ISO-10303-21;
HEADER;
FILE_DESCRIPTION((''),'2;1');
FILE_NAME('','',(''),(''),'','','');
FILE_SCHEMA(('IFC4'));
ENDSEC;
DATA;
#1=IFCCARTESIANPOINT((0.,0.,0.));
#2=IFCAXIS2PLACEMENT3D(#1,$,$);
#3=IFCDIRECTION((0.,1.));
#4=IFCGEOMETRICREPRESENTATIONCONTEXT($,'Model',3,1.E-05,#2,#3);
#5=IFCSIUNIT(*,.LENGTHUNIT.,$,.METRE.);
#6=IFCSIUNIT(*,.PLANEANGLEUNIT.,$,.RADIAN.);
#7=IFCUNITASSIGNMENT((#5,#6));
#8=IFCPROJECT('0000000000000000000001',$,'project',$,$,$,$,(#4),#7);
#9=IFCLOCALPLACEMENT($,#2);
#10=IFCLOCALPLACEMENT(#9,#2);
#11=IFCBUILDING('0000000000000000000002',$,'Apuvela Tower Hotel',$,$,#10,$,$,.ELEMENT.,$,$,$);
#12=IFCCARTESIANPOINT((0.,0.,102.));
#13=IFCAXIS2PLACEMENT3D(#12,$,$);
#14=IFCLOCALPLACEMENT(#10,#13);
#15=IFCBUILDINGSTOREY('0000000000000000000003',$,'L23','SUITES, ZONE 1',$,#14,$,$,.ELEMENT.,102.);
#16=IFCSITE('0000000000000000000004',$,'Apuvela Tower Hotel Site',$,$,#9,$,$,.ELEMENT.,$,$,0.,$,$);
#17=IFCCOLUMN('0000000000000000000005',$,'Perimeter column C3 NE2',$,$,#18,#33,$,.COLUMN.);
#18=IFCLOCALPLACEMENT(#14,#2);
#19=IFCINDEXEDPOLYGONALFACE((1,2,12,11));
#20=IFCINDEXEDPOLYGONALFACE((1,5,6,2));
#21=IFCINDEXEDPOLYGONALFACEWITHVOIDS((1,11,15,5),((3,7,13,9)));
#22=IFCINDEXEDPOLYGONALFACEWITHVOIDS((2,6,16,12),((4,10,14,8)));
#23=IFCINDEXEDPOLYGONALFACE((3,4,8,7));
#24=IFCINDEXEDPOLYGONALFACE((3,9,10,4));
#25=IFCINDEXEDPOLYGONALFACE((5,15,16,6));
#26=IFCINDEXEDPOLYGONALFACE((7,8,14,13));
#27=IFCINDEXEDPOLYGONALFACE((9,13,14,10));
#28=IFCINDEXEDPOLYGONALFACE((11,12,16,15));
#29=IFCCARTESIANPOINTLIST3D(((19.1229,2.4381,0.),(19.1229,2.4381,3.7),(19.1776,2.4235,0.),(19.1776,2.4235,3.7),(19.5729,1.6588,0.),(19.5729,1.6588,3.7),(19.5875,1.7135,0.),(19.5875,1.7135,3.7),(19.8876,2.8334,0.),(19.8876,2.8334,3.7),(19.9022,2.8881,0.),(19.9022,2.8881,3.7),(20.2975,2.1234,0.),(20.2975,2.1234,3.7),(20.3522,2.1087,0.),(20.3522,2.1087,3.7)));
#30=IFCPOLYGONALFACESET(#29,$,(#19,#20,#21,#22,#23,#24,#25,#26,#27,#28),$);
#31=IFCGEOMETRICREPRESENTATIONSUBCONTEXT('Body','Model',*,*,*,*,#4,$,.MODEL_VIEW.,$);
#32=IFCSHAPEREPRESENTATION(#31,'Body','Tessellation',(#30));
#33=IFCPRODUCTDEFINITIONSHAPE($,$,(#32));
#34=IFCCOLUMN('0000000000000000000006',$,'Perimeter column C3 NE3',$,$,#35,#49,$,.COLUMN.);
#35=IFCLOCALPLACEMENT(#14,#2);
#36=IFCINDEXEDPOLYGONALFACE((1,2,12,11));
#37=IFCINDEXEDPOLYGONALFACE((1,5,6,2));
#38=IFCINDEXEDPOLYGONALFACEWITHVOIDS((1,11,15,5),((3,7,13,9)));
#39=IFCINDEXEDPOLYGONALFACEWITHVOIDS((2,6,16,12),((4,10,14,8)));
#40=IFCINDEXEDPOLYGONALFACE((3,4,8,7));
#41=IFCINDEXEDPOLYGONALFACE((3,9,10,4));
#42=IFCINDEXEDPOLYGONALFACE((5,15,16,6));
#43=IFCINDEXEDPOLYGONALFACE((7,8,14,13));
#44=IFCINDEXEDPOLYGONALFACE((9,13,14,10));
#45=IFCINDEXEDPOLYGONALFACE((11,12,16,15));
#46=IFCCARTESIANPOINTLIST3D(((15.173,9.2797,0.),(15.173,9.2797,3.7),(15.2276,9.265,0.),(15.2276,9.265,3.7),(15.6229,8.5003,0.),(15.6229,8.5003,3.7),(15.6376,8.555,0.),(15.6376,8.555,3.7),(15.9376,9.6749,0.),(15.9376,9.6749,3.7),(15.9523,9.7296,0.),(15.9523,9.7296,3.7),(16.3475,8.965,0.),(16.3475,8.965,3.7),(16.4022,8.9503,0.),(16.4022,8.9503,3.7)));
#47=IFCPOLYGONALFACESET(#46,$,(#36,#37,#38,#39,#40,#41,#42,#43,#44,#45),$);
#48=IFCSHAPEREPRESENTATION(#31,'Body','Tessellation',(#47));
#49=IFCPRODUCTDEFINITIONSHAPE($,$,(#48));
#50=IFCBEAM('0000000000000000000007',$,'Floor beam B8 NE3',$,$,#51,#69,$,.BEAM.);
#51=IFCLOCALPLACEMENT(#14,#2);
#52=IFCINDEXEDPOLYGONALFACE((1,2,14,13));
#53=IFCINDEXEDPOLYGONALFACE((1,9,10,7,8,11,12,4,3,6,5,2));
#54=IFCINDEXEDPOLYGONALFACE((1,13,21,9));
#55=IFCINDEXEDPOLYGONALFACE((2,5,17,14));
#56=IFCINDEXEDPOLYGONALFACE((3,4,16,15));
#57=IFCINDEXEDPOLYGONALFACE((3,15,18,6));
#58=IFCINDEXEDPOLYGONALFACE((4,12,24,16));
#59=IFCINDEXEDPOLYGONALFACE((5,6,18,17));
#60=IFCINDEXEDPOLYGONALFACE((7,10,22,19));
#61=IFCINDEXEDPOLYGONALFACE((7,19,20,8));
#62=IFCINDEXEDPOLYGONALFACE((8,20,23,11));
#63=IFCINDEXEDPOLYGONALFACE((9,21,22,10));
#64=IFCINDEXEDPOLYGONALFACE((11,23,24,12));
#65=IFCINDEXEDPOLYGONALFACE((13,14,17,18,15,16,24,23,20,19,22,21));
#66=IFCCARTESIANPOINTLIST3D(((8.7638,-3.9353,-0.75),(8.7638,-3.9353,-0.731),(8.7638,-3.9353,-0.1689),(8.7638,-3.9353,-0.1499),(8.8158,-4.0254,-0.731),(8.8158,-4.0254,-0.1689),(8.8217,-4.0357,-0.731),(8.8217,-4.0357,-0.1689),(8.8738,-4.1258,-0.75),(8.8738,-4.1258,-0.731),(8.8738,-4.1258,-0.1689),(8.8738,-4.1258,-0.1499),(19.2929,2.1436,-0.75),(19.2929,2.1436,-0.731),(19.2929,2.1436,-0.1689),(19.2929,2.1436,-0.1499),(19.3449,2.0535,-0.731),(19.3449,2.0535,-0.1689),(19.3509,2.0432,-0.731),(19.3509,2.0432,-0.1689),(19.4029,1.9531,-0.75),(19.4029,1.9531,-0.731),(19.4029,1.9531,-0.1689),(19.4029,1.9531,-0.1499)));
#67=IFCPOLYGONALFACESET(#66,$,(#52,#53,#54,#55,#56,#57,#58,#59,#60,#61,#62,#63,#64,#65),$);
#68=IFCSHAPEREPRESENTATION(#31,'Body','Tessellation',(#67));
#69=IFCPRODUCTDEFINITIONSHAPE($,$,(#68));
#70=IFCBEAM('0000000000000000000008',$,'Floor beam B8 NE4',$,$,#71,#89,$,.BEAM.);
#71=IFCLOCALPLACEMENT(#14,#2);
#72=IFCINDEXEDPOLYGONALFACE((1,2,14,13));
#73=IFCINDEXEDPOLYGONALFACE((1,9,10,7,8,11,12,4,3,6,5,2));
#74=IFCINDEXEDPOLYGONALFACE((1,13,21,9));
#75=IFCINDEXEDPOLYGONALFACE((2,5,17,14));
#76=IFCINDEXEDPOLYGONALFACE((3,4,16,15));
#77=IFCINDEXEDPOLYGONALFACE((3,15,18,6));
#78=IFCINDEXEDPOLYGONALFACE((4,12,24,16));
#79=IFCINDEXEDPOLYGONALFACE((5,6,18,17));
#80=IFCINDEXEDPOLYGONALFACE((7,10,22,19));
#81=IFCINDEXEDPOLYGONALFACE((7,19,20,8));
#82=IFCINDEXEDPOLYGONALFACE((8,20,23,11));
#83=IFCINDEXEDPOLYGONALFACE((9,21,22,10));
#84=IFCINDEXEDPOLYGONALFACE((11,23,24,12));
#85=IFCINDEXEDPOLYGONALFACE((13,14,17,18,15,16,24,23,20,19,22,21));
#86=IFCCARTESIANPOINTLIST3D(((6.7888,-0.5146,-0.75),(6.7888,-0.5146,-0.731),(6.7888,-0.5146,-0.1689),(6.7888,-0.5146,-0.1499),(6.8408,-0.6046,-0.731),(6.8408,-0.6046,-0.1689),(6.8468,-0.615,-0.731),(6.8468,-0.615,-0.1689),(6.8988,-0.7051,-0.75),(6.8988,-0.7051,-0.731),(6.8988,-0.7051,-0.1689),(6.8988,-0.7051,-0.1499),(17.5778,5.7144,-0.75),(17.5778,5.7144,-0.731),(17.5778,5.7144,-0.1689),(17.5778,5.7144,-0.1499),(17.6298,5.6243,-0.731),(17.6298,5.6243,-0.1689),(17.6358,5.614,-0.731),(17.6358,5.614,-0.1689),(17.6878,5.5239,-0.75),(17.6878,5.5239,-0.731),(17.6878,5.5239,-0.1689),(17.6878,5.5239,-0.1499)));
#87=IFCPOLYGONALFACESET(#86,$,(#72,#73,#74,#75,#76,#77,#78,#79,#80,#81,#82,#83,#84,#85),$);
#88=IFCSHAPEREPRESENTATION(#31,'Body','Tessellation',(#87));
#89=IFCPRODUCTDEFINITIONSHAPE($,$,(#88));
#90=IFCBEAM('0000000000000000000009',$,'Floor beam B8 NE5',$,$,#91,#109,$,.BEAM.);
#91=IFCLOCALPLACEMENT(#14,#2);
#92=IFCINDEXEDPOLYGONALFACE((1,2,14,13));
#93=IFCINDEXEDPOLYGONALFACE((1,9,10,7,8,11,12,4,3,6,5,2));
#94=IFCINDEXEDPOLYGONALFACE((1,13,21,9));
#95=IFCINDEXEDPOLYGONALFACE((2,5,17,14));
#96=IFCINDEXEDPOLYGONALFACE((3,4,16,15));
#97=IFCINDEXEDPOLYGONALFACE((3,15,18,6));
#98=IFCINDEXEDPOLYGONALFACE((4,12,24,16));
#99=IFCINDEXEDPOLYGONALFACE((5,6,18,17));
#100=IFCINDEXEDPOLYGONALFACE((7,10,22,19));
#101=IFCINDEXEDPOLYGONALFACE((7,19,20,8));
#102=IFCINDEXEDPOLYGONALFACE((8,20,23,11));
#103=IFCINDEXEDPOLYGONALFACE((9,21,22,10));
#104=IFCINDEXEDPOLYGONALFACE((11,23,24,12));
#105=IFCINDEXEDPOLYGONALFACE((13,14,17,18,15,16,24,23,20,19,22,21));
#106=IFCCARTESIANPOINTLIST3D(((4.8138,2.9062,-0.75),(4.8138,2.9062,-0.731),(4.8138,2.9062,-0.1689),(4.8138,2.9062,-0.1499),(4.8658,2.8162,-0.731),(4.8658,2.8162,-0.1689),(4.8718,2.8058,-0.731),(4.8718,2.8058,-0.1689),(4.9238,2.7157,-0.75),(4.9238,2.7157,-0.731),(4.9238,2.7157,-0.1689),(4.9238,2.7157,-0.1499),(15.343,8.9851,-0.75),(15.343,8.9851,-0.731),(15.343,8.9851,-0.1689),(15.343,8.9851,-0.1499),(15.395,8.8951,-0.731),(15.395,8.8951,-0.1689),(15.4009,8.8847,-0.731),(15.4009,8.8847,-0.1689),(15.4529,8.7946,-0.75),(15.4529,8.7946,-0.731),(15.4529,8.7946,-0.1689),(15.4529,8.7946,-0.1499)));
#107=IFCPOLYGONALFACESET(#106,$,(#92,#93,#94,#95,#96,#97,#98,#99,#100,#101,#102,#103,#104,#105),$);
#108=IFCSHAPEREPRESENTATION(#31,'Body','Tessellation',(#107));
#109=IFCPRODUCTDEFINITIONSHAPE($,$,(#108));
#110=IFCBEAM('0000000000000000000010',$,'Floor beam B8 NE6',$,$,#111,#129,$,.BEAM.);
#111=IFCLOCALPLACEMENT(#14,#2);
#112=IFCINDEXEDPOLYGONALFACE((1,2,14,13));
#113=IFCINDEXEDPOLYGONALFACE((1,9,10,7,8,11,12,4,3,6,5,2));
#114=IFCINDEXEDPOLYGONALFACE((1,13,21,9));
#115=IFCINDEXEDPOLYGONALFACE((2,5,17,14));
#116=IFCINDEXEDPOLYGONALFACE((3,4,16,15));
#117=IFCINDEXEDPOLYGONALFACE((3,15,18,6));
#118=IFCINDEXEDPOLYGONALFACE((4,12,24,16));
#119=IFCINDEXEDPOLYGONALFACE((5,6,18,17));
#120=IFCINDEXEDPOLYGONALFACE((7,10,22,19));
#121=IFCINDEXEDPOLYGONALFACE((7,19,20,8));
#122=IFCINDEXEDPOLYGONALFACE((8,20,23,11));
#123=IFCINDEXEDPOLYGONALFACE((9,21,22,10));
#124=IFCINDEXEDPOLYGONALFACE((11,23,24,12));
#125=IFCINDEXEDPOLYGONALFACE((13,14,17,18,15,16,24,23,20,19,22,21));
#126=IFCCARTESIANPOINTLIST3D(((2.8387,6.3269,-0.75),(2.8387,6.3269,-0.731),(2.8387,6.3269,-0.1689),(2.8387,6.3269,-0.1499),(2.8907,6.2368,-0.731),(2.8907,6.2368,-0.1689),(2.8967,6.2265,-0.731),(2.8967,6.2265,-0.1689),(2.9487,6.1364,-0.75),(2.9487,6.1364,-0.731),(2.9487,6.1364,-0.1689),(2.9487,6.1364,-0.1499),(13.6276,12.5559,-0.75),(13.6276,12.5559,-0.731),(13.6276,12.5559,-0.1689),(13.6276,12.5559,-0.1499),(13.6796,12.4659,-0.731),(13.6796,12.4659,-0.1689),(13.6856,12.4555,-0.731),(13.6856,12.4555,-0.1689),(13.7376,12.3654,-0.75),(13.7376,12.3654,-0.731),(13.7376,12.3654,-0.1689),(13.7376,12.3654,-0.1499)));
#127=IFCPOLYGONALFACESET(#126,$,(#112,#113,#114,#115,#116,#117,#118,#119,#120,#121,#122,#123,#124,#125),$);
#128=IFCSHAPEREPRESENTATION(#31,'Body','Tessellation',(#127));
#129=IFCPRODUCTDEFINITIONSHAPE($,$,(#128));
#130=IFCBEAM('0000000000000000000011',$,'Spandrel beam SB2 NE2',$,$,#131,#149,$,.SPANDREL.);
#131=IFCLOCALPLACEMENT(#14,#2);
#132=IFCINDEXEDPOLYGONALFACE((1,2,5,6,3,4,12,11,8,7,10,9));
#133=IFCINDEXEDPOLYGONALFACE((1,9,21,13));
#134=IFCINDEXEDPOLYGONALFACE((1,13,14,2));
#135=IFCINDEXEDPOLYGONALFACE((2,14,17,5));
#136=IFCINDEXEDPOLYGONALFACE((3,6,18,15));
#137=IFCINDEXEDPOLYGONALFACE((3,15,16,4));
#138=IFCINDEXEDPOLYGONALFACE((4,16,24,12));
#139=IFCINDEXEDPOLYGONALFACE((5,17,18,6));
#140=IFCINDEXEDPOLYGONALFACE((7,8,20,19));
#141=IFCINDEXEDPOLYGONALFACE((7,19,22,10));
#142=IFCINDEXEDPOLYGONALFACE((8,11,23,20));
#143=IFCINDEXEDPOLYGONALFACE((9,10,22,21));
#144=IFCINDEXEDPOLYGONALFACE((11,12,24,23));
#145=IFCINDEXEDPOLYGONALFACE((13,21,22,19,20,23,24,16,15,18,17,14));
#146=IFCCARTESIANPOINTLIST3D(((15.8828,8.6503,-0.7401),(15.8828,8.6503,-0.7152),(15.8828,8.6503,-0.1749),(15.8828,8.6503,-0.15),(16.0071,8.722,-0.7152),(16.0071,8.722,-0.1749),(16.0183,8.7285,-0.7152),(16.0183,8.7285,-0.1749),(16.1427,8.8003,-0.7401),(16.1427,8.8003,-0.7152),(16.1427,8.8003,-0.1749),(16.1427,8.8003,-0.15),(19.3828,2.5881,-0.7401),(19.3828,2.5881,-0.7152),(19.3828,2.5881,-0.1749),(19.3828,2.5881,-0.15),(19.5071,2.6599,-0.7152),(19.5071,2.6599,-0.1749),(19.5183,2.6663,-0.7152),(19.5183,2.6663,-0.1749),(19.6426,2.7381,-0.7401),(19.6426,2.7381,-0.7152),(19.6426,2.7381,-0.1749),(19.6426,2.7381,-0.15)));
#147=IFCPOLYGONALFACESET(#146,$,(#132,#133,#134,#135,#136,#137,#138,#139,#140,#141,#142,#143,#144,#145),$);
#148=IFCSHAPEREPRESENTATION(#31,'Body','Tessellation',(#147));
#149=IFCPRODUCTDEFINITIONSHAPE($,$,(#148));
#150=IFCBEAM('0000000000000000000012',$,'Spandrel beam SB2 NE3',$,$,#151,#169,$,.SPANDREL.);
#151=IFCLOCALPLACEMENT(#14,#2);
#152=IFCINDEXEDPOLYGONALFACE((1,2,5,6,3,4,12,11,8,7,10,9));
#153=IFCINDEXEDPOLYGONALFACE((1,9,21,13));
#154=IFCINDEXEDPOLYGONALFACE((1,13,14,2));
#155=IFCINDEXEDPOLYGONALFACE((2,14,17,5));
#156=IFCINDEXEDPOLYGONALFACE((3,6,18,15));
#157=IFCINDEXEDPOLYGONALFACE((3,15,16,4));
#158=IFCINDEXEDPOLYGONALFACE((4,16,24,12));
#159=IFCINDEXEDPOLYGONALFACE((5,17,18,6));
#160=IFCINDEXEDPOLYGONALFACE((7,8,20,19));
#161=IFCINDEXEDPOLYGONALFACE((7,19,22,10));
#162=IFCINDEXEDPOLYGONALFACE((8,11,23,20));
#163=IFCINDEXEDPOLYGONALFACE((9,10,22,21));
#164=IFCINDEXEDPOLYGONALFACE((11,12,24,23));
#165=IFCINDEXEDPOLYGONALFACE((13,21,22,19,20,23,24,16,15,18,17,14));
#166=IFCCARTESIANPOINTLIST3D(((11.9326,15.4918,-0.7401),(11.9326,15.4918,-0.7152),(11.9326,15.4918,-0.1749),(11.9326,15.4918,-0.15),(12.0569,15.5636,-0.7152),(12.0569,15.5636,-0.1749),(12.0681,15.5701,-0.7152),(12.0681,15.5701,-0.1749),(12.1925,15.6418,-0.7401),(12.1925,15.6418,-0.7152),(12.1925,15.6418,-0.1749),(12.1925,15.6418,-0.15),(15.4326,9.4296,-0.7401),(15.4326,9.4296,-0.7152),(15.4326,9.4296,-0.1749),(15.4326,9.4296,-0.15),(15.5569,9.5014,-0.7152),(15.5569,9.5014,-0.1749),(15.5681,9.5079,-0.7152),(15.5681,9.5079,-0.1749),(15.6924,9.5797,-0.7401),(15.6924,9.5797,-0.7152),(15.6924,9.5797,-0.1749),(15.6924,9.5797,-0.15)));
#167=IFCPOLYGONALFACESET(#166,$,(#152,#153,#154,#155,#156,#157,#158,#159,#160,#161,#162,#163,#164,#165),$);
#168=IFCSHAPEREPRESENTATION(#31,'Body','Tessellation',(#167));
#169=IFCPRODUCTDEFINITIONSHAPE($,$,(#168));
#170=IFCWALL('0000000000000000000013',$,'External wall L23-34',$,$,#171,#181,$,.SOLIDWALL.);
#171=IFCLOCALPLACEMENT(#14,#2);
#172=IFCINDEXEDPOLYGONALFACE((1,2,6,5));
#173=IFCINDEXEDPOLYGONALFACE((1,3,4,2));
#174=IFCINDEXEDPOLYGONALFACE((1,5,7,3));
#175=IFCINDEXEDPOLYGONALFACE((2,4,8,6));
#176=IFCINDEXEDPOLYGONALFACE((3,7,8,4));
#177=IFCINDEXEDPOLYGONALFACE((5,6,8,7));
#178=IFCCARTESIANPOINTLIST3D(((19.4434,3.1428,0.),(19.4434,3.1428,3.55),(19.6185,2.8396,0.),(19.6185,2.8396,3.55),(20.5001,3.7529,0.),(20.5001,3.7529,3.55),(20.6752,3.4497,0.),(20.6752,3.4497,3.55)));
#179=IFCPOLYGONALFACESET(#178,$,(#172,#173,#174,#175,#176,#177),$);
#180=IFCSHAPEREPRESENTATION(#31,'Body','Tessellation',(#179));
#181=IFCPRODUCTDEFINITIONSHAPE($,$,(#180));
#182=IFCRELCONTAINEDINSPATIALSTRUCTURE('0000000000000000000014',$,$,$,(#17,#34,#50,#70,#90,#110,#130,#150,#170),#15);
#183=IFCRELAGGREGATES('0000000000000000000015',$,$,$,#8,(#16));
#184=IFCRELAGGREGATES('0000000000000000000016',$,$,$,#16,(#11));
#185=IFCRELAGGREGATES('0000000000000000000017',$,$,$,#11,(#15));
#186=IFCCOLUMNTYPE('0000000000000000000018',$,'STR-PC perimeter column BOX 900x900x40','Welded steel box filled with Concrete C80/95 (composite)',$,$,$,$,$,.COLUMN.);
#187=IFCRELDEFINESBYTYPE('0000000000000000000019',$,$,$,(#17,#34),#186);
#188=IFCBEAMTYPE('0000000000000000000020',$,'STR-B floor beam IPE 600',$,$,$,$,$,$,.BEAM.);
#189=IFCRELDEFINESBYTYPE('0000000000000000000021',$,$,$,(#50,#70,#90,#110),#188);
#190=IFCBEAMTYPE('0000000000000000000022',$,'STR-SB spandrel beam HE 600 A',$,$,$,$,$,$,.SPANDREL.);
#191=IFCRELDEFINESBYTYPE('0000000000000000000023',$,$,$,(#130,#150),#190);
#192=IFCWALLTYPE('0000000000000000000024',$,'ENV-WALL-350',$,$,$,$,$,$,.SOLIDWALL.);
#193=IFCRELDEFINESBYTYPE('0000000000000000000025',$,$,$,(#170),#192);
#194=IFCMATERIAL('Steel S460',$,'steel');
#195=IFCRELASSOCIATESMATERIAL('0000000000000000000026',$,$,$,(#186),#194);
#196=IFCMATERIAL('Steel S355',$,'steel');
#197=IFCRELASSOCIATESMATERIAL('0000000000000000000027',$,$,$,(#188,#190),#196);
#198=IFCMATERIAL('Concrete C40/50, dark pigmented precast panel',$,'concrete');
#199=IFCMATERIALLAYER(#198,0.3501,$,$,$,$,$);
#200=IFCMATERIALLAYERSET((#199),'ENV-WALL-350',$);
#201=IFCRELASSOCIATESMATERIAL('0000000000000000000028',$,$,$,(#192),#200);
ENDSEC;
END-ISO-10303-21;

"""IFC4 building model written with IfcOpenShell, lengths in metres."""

from ifc_helpers import new_model, si_unit, direction, frame, frame_2d, origin, origin_2d, place, context, subcontext, project, spatial, rectangle, hollow_rectangle, i_section, extrude, material, layer, layer_set, material_profile, profile_set, type_object, element, save


model = new_model("IFC4")

# Units and contexts
model_context = context("Model", 3, precision=1e-05, world=origin(), true_north=direction((0.0, 1.0)))
body_context = subcontext(model_context, "Body", "Model", "MODEL_VIEW")
ifc_project = project(units=[si_unit("LENGTHUNIT", "METRE"), si_unit("PLANEANGLEUNIT", "RADIAN")], contexts=[model_context])

# Site, building, storey
site_placement = place(None, origin())
site = spatial("IfcSite", under=ifc_project, at=site_placement, Name="Apuvela Tower Hotel Site", CompositionType="ELEMENT", RefElevation=0.0)
building_placement = place(site_placement, origin())
building = spatial("IfcBuilding", under=site, at=building_placement, Name="Apuvela Tower Hotel", CompositionType="ELEMENT")
storey_placement = place(building_placement, frame((0.0, 0.0, 102.0)))
storey = spatial("IfcBuildingStorey", under=building, at=storey_placement, Name="L23", Description="SUITES, ZONE 1", CompositionType="ELEMENT", Elevation=102.0)

# Columns
ifc_material_1 = material(Name="Steel S460", Category="steel")
ifc_material_profile_1 = material_profile(ifc_material_1, hollow_rectangle(XDim=0.8999, YDim=0.8999, WallThickness=0.04, at=origin_2d()), Name="BOX 900x900x40")
ifc_material_2 = material(Name="Concrete C80/95", Category="concrete")
ifc_material_profile_2 = material_profile(ifc_material_2, rectangle(XDim=0.8201, YDim=0.8201, at=origin_2d()), Name="Concrete C80/95 infill")
ifc_profile_set_1 = profile_set([ifc_material_profile_1, ifc_material_profile_2], Name="Steel S460")
column_type = type_object("IfcColumnType", Name="STR-PC perimeter column BOX 900x900x40", Description="Welded steel box filled with Concrete C80/95 (composite)", PredefinedType="COLUMN", material=ifc_profile_set_1)
for number, where, z_axis, x_axis, name in (
    (1, (19.7375, 2.2734, 0.0), (0.0, 0.0, 1.0), (-0.5, 0.866025, 0.0), "Perimeter column C3 NE2"),
    (2, (15.7876, 9.115, 0.0), (0.0, 0.0, 1.0), (-0.5, 0.866025, 0.0), "Perimeter column C3 NE3"),
):
    element("IfcColumn", number, at=place(storey_placement, frame(where, z_axis=z_axis, x_axis=x_axis)), inside=storey, type_object=column_type, Name=name, PredefinedType="COLUMN", context=body_context, shape_type="SweptSolid", body=[
        extrude(hollow_rectangle(XDim=0.8999, YDim=0.8999, WallThickness=0.04, at=origin_2d()), origin(), (0.0, 0.0, 1.0), 3.7),
    ])

# Beams
ifc_material_3 = material(Name="Steel S355", Category="steel")
ifc_material_profile_3 = material_profile(ifc_material_3, i_section(OverallWidth=0.22, OverallDepth=0.6001, WebThickness=0.012, FlangeThickness=0.019, at=origin_2d()), Name="IPE 600")
ifc_profile_set_2 = profile_set([ifc_material_profile_3], Name="Steel S355")
beam_type_1 = type_object("IfcBeamType", Name="STR-B floor beam IPE 600", PredefinedType="BEAM", material=ifc_profile_set_2)
beam_1_placement = place(storey_placement, frame((19.3479, 2.0483, -0.45), z_axis=(-0.866029, -0.499994, 0.0), x_axis=(0.499994, -0.866029, 0.0)))
element("IfcBeam", 3, at=beam_1_placement, inside=storey, type_object=beam_type_1, Name="Floor beam B8 NE3", PredefinedType="BEAM", context=body_context, shape_type="SweptSolid", body=[
    extrude(i_section(OverallWidth=0.22, OverallDepth=0.6001, WebThickness=0.012, FlangeThickness=0.019, at=origin_2d()), origin(), (0.0, 0.0, 1.0), 12.158),
])
beam_2_placement = place(storey_placement, frame((17.6328, 5.6191, -0.45), z_axis=(-0.866028, -0.499996, 0.0), x_axis=(0.499996, -0.866028, 0.0)))
element("IfcBeam", 4, at=beam_2_placement, inside=storey, type_object=beam_type_1, Name="Floor beam B8 NE4", PredefinedType="BEAM", context=body_context, shape_type="SweptSolid", body=[
    extrude(i_section(OverallWidth=0.22, OverallDepth=0.6001, WebThickness=0.012, FlangeThickness=0.019, at=origin_2d()), origin(), (0.0, 0.0, 1.0), 12.458),
])
beam_3_placement = place(storey_placement, frame((15.3979, 8.8899, -0.45), z_axis=(-0.866029, -0.499994, 0.0), x_axis=(0.499994, -0.866029, 0.0)))
element("IfcBeam", 5, at=beam_3_placement, inside=storey, type_object=beam_type_1, Name="Floor beam B8 NE5", PredefinedType="BEAM", context=body_context, shape_type="SweptSolid", body=[
    extrude(i_section(OverallWidth=0.22, OverallDepth=0.6001, WebThickness=0.012, FlangeThickness=0.019, at=origin_2d()), origin(), (0.0, 0.0, 1.0), 12.158),
])
beam_4_placement = place(storey_placement, frame((13.6826, 12.4607, -0.45), z_axis=(-0.866023, -0.500005, 0.0), x_axis=(0.500005, -0.866023, 0.0)))
element("IfcBeam", 6, at=beam_4_placement, inside=storey, type_object=beam_type_1, Name="Floor beam B8 NE6", PredefinedType="BEAM", context=body_context, shape_type="SweptSolid", body=[
    extrude(i_section(OverallWidth=0.22, OverallDepth=0.6001, WebThickness=0.012, FlangeThickness=0.019, at=origin_2d()), origin(), (0.0, 0.0, 1.0), 12.458),
])
ifc_material_profile_4 = material_profile(ifc_material_3, i_section(OverallWidth=0.3, OverallDepth=0.5901, WebThickness=0.0129, FlangeThickness=0.0249, at=origin_2d()), Name="HE 600 A")
ifc_profile_set_3 = profile_set([ifc_material_profile_4], Name="Steel S355")
beam_type_2 = type_object("IfcBeamType", Name="STR-SB spandrel beam HE 600 A", PredefinedType="SPANDREL", material=ifc_profile_set_3)
for number, where, z_axis, x_axis, name in (
    (7, (19.5127, 2.6631, -0.4451), (-0.499995, 0.866028, 0.0), (-0.866028, -0.499995, 0.0), "Spandrel beam SB2 NE2"),
    (8, (15.5625, 9.5046, -0.4451), (-0.499995, 0.866028, 0.0), (-0.866028, -0.499995, 0.0), "Spandrel beam SB2 NE3"),
):
    element("IfcBeam", number, at=place(storey_placement, frame(where, z_axis=z_axis, x_axis=x_axis)), inside=storey, type_object=beam_type_2, Name=name, PredefinedType="SPANDREL", context=body_context, shape_type="SweptSolid", body=[
        extrude(i_section(OverallWidth=0.3, OverallDepth=0.5901, WebThickness=0.0129, FlangeThickness=0.0249, at=origin_2d()), origin(), (0.0, 0.0, 1.0), 7.0),
    ])

# Wall
ifc_material_4 = material(Name="Concrete C40/50, dark pigmented precast panel", Category="concrete")
ifc_layer_1 = layer(ifc_material_4, 0.3501)
ifc_layer_set_1 = layer_set([ifc_layer_1], Name="ENV-WALL-350")
wall_type_1 = type_object("IfcWallType", Name="ENV-WALL-350", PredefinedType="SOLIDWALL", material=ifc_layer_set_1)
wall_1_placement = place(storey_placement, frame((20.5876, 3.6013, 0.0), z_axis=(0.0, 0.0, 1.0), x_axis=(-0.866006, -0.500034, 0.0)))
element("IfcWall", 9, at=wall_1_placement, inside=storey, type_object=wall_type_1, Name="External wall L23-34", PredefinedType="SOLIDWALL", context=body_context, shape_type="SweptSolid", body=[
    extrude(rectangle(XDim=1.2202, YDim=0.3501, at=frame_2d((0.6101, 0.0))), origin(), (0.0, 0.0, 1.0), 3.55),
])

save(model, "model.ifc")
